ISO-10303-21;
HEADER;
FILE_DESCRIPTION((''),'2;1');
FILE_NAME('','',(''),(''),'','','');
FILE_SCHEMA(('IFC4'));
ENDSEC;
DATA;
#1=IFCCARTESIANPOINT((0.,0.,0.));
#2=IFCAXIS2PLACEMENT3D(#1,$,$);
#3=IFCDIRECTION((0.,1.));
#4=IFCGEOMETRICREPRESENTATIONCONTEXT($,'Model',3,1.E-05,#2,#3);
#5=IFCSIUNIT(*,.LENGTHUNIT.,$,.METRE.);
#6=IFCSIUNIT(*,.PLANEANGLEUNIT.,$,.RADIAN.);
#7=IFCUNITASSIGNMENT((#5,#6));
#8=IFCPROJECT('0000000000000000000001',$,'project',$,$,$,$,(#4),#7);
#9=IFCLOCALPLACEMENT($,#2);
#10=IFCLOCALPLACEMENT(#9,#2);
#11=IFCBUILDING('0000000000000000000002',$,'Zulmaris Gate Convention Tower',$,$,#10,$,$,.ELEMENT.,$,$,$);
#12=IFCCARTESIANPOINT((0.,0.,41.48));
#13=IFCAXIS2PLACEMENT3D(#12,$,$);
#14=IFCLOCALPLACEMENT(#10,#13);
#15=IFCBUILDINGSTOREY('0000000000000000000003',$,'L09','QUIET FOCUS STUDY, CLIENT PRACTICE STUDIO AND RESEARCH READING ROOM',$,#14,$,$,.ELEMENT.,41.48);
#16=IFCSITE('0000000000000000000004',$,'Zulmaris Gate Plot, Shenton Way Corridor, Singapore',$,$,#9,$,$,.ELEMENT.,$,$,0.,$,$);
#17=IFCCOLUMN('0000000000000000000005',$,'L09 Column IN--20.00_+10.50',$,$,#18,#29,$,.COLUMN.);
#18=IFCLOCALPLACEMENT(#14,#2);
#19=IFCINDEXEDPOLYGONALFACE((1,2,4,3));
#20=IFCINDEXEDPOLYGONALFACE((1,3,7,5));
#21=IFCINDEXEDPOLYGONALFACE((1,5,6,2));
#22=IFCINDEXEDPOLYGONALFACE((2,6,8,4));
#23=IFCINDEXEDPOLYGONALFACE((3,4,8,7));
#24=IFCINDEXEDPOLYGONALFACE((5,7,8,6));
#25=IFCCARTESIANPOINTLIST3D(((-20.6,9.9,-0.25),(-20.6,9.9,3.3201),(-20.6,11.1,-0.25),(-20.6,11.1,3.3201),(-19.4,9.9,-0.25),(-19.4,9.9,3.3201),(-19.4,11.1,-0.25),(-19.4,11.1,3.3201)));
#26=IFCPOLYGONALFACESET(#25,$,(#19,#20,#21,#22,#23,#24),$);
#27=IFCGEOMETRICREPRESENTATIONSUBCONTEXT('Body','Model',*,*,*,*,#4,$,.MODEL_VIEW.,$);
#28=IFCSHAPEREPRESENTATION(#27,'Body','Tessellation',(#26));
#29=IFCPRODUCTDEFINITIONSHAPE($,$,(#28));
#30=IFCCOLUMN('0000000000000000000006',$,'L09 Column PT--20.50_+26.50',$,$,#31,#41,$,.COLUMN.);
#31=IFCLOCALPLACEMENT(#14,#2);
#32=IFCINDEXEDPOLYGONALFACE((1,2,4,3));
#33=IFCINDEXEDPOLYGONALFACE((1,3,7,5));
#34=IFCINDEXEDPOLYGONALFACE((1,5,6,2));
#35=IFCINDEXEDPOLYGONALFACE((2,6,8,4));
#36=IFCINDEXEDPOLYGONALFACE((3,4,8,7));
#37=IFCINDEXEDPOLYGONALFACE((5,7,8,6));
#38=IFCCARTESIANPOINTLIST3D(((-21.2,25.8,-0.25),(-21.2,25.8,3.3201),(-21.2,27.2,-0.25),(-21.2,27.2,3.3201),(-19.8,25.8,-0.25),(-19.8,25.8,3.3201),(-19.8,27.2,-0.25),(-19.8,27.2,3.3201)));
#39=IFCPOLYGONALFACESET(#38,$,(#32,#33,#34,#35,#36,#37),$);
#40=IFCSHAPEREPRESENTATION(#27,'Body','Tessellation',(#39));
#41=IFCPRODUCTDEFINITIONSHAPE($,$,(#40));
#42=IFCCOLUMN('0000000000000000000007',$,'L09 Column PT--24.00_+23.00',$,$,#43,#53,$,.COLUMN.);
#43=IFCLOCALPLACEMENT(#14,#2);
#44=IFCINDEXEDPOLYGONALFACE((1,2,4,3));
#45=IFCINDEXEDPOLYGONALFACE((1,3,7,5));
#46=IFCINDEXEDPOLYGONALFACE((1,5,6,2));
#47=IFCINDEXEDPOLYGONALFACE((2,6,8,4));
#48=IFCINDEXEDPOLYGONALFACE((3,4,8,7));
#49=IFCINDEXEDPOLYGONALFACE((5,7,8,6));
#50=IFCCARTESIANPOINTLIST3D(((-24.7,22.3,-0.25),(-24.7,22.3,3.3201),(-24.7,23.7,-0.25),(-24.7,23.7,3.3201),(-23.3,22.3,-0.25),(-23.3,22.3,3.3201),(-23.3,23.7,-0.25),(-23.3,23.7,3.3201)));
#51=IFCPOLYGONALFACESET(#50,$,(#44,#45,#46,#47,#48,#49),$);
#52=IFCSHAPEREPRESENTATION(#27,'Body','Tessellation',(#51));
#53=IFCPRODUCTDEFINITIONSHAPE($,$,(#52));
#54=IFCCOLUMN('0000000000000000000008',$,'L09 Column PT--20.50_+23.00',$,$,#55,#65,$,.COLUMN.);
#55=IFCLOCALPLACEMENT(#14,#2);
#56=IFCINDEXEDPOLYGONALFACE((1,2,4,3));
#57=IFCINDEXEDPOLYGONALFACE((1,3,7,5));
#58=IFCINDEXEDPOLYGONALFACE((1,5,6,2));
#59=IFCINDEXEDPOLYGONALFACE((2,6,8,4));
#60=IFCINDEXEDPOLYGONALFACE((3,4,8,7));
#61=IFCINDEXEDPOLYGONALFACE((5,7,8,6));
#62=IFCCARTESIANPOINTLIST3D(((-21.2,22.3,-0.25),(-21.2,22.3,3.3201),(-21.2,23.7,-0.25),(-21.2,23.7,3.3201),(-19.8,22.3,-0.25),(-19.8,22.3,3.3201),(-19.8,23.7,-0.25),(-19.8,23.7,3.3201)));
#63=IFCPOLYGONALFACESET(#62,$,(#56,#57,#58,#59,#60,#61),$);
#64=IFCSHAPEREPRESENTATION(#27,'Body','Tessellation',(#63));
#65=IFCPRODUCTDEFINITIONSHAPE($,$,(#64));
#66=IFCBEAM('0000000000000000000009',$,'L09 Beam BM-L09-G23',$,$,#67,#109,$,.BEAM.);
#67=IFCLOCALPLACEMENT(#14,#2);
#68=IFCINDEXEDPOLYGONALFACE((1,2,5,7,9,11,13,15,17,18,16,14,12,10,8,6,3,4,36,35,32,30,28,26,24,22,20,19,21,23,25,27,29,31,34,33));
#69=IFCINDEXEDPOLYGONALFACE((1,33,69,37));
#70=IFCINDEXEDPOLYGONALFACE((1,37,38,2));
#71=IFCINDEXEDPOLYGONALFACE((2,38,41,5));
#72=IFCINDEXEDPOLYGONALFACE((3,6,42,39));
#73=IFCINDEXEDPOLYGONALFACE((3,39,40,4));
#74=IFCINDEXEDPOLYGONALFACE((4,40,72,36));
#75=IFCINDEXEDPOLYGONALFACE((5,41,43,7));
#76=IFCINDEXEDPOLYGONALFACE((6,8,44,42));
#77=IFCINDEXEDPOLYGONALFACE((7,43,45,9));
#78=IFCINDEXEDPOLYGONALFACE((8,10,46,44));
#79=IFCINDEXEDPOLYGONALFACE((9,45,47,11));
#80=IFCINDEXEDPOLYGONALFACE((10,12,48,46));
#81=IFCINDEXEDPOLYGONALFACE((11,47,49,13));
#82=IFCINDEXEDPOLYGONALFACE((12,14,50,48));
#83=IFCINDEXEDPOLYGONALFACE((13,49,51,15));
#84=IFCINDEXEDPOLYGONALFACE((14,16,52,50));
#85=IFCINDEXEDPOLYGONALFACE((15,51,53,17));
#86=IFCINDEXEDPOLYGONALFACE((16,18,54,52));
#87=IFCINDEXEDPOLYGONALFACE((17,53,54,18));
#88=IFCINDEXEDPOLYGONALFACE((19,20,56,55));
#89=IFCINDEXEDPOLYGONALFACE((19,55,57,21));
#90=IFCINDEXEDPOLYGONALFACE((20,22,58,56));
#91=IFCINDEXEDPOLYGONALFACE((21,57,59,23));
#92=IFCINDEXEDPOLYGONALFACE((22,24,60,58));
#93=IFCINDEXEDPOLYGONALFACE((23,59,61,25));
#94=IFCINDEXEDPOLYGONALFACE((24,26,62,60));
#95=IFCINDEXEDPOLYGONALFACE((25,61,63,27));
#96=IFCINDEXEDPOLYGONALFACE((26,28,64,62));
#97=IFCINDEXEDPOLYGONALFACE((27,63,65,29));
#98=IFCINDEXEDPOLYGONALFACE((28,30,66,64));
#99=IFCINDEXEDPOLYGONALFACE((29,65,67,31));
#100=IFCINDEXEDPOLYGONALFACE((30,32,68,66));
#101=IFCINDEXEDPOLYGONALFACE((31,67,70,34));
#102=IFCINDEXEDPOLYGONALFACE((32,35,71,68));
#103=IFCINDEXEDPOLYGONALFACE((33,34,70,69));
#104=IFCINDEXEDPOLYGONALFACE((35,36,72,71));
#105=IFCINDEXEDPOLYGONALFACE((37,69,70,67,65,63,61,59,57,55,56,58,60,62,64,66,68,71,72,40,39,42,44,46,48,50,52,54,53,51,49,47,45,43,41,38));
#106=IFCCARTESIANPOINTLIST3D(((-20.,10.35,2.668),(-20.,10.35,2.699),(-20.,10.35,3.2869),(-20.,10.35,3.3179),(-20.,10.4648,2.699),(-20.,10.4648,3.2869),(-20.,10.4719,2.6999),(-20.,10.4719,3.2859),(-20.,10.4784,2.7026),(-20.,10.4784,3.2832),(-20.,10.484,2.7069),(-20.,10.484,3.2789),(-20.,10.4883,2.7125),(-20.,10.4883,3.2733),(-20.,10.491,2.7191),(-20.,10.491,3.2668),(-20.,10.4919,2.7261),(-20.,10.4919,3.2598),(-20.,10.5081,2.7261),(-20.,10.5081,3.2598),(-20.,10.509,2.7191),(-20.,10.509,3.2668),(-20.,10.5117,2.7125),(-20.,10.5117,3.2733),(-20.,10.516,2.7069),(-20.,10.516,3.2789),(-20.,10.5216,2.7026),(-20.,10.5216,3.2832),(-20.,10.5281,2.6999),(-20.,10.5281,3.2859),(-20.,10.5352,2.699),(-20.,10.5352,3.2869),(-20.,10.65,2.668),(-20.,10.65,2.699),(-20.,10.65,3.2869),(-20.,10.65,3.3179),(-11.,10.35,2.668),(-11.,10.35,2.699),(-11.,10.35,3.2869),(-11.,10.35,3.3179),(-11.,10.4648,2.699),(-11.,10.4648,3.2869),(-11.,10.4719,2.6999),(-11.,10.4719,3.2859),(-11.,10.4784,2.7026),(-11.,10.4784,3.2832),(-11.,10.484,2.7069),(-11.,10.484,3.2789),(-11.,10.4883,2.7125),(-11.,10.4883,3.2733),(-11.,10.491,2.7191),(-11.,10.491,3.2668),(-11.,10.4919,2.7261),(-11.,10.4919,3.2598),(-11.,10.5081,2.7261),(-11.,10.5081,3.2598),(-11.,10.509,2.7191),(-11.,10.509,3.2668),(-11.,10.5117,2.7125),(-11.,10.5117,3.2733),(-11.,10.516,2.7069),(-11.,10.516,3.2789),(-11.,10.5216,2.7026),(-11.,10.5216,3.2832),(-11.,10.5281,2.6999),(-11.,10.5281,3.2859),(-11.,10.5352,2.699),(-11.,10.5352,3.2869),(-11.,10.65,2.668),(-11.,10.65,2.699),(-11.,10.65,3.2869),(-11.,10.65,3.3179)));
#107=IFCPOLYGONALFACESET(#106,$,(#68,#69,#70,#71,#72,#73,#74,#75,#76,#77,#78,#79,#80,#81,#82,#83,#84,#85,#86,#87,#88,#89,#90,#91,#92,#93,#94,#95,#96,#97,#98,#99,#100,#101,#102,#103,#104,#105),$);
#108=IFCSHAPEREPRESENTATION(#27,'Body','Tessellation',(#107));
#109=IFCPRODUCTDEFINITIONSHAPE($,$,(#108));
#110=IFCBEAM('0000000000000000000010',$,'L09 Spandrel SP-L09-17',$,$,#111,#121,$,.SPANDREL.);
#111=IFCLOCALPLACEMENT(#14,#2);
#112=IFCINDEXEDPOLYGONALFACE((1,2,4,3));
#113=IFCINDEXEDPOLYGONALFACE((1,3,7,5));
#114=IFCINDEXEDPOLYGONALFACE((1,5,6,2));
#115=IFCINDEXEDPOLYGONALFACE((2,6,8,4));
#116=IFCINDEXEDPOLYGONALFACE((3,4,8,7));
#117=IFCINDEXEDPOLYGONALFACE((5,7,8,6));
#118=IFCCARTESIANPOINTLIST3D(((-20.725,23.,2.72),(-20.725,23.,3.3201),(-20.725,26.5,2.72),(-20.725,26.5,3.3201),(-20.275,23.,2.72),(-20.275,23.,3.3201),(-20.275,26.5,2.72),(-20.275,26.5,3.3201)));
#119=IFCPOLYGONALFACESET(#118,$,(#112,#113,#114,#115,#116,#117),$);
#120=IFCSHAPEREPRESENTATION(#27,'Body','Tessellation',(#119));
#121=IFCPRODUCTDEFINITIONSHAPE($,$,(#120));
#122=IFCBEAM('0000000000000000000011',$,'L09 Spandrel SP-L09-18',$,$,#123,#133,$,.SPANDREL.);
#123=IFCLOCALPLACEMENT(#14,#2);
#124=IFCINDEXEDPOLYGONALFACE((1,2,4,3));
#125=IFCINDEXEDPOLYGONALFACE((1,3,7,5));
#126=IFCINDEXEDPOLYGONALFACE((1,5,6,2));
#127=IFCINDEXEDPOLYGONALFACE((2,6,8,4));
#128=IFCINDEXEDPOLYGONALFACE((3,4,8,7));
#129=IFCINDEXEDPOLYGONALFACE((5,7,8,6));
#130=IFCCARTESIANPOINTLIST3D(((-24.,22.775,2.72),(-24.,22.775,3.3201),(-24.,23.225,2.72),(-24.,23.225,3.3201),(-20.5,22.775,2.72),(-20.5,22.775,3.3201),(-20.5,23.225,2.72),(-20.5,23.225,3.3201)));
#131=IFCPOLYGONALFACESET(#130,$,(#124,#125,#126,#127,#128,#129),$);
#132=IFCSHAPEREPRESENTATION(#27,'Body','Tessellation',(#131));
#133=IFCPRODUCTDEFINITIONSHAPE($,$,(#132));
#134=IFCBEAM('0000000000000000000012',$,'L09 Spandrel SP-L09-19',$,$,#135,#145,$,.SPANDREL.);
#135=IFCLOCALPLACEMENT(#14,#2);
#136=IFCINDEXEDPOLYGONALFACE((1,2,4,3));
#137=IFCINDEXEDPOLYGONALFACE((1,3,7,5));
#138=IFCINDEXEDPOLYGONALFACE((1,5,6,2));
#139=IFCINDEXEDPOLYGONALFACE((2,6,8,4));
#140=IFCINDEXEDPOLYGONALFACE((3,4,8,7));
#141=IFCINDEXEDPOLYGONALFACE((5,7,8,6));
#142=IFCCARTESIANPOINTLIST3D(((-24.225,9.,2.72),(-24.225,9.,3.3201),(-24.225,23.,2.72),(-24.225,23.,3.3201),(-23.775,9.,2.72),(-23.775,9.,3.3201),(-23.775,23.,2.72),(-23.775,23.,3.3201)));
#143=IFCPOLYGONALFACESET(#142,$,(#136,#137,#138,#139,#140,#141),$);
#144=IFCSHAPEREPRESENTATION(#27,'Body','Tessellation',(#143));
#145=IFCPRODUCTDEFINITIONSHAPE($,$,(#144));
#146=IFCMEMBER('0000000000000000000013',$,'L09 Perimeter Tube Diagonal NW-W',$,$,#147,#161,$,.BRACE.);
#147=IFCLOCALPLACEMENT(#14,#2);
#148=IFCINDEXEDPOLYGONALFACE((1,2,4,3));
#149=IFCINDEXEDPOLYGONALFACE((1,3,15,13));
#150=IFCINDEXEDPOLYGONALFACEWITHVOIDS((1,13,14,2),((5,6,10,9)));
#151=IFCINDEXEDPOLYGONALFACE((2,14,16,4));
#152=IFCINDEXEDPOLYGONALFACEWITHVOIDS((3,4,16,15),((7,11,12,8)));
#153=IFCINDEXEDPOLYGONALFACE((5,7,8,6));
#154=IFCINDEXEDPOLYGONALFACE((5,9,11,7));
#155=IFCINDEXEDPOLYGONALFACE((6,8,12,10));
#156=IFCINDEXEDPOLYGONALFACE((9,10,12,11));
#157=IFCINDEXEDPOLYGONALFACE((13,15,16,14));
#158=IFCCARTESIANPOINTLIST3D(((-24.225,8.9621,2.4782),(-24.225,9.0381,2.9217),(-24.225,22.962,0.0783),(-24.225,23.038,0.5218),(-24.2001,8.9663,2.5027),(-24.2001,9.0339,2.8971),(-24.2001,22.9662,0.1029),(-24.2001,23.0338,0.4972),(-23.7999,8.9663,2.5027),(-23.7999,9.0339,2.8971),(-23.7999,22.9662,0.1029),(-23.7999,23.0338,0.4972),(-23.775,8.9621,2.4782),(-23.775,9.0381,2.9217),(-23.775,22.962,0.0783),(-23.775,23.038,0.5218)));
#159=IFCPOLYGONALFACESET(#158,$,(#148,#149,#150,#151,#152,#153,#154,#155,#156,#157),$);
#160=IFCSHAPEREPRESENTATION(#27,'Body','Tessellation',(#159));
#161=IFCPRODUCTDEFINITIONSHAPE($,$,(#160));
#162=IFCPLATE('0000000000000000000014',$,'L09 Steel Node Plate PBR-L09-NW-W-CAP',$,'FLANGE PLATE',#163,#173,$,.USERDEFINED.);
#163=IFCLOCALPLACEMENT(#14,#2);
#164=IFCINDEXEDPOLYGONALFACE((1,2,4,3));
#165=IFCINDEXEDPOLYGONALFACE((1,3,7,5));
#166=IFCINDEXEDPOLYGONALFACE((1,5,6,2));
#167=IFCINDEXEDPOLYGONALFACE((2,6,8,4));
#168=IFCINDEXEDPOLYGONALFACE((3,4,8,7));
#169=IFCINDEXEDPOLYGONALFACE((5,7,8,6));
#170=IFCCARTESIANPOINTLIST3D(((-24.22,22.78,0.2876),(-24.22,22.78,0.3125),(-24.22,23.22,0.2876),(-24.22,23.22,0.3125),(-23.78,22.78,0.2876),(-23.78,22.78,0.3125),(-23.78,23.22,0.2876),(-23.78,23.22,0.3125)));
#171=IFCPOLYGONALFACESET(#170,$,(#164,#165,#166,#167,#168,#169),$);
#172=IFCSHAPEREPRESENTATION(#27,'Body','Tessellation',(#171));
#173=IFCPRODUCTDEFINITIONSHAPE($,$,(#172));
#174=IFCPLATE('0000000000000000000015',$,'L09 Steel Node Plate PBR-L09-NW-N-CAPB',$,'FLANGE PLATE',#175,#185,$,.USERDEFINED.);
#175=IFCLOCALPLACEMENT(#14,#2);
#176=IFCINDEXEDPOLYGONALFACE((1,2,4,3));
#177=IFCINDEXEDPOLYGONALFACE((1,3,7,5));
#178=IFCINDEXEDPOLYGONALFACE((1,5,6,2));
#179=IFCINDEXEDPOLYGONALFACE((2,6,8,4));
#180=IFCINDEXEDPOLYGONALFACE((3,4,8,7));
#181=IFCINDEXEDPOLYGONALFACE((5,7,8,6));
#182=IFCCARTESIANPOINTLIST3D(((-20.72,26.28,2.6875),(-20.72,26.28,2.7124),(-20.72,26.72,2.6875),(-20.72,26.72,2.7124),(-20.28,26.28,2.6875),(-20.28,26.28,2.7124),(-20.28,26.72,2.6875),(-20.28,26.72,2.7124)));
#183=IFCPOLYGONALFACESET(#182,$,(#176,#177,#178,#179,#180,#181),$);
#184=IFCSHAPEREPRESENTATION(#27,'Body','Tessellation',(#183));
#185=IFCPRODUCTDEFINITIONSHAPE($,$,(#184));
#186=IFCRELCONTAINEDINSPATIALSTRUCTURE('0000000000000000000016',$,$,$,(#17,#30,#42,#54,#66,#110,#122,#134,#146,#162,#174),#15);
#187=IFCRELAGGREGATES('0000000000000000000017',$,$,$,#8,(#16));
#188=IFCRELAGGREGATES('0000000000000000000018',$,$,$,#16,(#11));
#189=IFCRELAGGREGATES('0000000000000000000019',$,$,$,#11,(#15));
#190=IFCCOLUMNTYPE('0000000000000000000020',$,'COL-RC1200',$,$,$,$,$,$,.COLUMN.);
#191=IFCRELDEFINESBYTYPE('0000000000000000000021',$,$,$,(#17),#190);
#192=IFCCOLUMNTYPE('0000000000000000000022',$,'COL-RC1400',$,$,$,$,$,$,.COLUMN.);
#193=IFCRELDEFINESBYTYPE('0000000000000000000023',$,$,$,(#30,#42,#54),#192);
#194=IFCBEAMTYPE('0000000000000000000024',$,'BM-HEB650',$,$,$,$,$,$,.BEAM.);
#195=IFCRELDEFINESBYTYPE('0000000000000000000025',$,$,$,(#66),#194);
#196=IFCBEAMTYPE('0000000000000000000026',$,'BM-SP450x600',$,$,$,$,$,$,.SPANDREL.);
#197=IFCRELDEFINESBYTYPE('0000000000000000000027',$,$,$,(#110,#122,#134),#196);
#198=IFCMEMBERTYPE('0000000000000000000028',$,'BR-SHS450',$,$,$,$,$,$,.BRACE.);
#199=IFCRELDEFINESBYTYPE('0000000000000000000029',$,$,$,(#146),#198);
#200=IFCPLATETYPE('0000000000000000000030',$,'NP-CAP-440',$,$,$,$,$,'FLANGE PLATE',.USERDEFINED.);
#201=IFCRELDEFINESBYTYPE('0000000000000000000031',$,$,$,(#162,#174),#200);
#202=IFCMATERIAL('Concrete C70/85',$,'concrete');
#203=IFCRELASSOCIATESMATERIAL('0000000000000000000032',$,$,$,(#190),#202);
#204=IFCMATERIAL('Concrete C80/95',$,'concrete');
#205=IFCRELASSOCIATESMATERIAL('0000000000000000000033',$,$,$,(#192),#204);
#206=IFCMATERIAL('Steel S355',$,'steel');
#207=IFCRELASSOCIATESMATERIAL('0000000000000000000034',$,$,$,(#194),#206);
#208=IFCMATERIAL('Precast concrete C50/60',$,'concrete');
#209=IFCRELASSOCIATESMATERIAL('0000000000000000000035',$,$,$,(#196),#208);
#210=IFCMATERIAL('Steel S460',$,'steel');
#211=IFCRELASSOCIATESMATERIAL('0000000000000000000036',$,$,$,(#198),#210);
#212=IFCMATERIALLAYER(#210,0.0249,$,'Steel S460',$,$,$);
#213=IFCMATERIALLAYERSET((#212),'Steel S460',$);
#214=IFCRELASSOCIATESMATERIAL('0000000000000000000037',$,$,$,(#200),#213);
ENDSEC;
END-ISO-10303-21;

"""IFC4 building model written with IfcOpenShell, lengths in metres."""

from ifc_helpers import new_model, si_unit, direction, frame, origin, origin_2d, place, context, subcontext, project, spatial, rectangle, hollow_rectangle, i_section, extrude, material, layer, layer_set, material_profile, profile_set, type_object, element, save


model = new_model("IFC4")

# Units and contexts
model_context = context("Model", 3, precision=1e-05, world=origin(), true_north=direction((0.0, 1.0)))
body_context = subcontext(model_context, "Body", "Model", "MODEL_VIEW")
ifc_project = project(units=[si_unit("LENGTHUNIT", "METRE"), si_unit("PLANEANGLEUNIT", "RADIAN")], contexts=[model_context])

# Site, building, storey
site_placement = place(None, origin())
site = spatial("IfcSite", under=ifc_project, at=site_placement, Name="Zulmaris Gate Plot, Shenton Way Corridor, Singapore", CompositionType="ELEMENT", RefElevation=0.0)
building_placement = place(site_placement, origin())
building = spatial("IfcBuilding", under=site, at=building_placement, Name="Zulmaris Gate Convention Tower", CompositionType="ELEMENT")
storey_placement = place(building_placement, frame((0.0, 0.0, 41.48)))
storey = spatial("IfcBuildingStorey", under=building, at=storey_placement, Name="L09", Description="QUIET FOCUS STUDY, CLIENT PRACTICE STUDIO AND RESEARCH READING ROOM", CompositionType="ELEMENT", Elevation=41.48)

# Columns
ifc_material_1 = material(Name="Concrete C70/85", Category="concrete")
ifc_material_profile_1 = material_profile(ifc_material_1, rectangle(XDim=1.2, YDim=1.2, at=origin_2d()), Name="RC COL 1200x1200")
ifc_profile_set_1 = profile_set([ifc_material_profile_1], Name="Concrete C70/85")
column_type_1 = type_object("IfcColumnType", Name="COL-RC1200", PredefinedType="COLUMN", material=ifc_profile_set_1)
column_placement = place(storey_placement, frame((-20.0, 10.5, -0.25), z_axis=(0.0, 0.0, 1.0), x_axis=(1.0, 0.0, 0.0)))
element("IfcColumn", 1, at=column_placement, inside=storey, type_object=column_type_1, Name="L09 Column IN--20.00_+10.50", PredefinedType="COLUMN", context=body_context, shape_type="SweptSolid", body=[
    extrude(rectangle(XDim=1.2, YDim=1.2, at=origin_2d()), origin(), (0.0, 0.0, 1.0), 3.5701),
])
ifc_material_2 = material(Name="Concrete C80/95", Category="concrete")
ifc_material_profile_2 = material_profile(ifc_material_2, rectangle(XDim=1.3999, YDim=1.3999, at=origin_2d()), Name="RC COL 1400x1400")
ifc_profile_set_2 = profile_set([ifc_material_profile_2], Name="Concrete C80/95")
column_type_2 = type_object("IfcColumnType", Name="COL-RC1400", PredefinedType="COLUMN", material=ifc_profile_set_2)
for number, where, z_axis, x_axis, name in (
    (2, (-20.5, 26.5, -0.25), (0.0, 0.0, 1.0), (1.0, 0.0, 0.0), "L09 Column PT--20.50_+26.50"),
    (3, (-24.0, 23.0, -0.25), (0.0, 0.0, 1.0), (1.0, 0.0, 0.0), "L09 Column PT--24.00_+23.00"),
    (4, (-20.5, 23.0, -0.25), (0.0, 0.0, 1.0), (1.0, 0.0, 0.0), "L09 Column PT--20.50_+23.00"),
):
    element("IfcColumn", number, at=place(storey_placement, frame(where, z_axis=z_axis, x_axis=x_axis)), inside=storey, type_object=column_type_2, Name=name, PredefinedType="COLUMN", context=body_context, shape_type="SweptSolid", body=[
        extrude(rectangle(XDim=1.3999, YDim=1.3999, at=origin_2d()), origin(), (0.0, 0.0, 1.0), 3.5701),
    ])

# Beams
ifc_material_3 = material(Name="Steel S355", Category="steel")
ifc_material_profile_3 = material_profile(ifc_material_3, i_section(OverallWidth=0.3, OverallDepth=0.6499, WebThickness=0.0161, FlangeThickness=0.031, FilletRadius=0.0271, at=origin_2d()), Name="HEB 650")
ifc_profile_set_3 = profile_set([ifc_material_profile_3], Name="Steel S355")
beam_type_1 = type_object("IfcBeamType", Name="BM-HEB650", PredefinedType="BEAM", material=ifc_profile_set_3)
beam_1_placement = place(storey_placement, frame((-20.0, 10.5, 2.9929), z_axis=(1.0, 0.0, 0.0), x_axis=(0.0, 1.0, 0.0)))
element("IfcBeam", 5, at=beam_1_placement, inside=storey, type_object=beam_type_1, Name="L09 Beam BM-L09-G23", PredefinedType="BEAM", context=body_context, shape_type="SweptSolid", body=[
    extrude(i_section(OverallWidth=0.3, OverallDepth=0.6499, WebThickness=0.0161, FlangeThickness=0.031, FilletRadius=0.0271, at=origin_2d()), origin(), (0.0, 0.0, 1.0), 9.0),
])
ifc_material_4 = material(Name="Precast concrete C50/60", Category="concrete")
ifc_material_profile_4 = material_profile(ifc_material_4, rectangle(XDim=0.45, YDim=0.6001, at=origin_2d()), Name="RC SPANDREL 450x600")
ifc_profile_set_4 = profile_set([ifc_material_profile_4], Name="Precast concrete C50/60")
beam_type_2 = type_object("IfcBeamType", Name="BM-SP450x600", PredefinedType="SPANDREL", material=ifc_profile_set_4)
for number, where, z_axis, x_axis, name in (
    (6, (-20.5, 26.5, 3.02), (0.0, -1.0, 0.0), (1.0, 0.0, 0.0), "L09 Spandrel SP-L09-17"),
    (7, (-20.5, 23.0, 3.02), (-1.0, 0.0, 0.0), (0.0, -1.0, 0.0), "L09 Spandrel SP-L09-18"),
):
    element("IfcBeam", number, at=place(storey_placement, frame(where, z_axis=z_axis, x_axis=x_axis)), inside=storey, type_object=beam_type_2, Name=name, PredefinedType="SPANDREL", context=body_context, shape_type="SweptSolid", body=[
        extrude(rectangle(XDim=0.45, YDim=0.6001, at=origin_2d()), origin(), (0.0, 0.0, 1.0), 3.5),
    ])
beam_2_placement = place(storey_placement, frame((-24.0, 23.0, 3.02), z_axis=(0.0, -1.0, 0.0), x_axis=(1.0, 0.0, 0.0)))
element("IfcBeam", 8, at=beam_2_placement, inside=storey, type_object=beam_type_2, Name="L09 Spandrel SP-L09-19", PredefinedType="SPANDREL", context=body_context, shape_type="SweptSolid", body=[
    extrude(rectangle(XDim=0.45, YDim=0.6001, at=origin_2d()), origin(), (0.0, 0.0, 1.0), 14.0),
])

# Member
ifc_material_5 = material(Name="Steel S460", Category="steel")
ifc_material_profile_5 = material_profile(ifc_material_5, hollow_rectangle(XDim=0.45, YDim=0.45, WallThickness=0.0249, at=origin_2d()), Name="SHS 450x450x25")
ifc_profile_set_5 = profile_set([ifc_material_profile_5], Name="Steel S460")
member_type = type_object("IfcMemberType", Name="BR-SHS450", PredefinedType="BRACE", material=ifc_profile_set_5)
member_placement = place(storey_placement, frame((-24.0, 23.0, 0.3), z_axis=(0.0, -0.985623, 0.168957), x_axis=(1.0, 0.0, 0.0)))
element("IfcMember", 9, at=member_placement, inside=storey, type_object=member_type, Name="L09 Perimeter Tube Diagonal NW-W", PredefinedType="BRACE", context=body_context, shape_type="SweptSolid", body=[
    extrude(hollow_rectangle(XDim=0.45, YDim=0.45, WallThickness=0.0249, at=origin_2d()), origin(), (0.0, 0.0, 1.0), 14.2041),
])

# Plates
ifc_layer_1 = layer(ifc_material_5, 0.0249, Name="Steel S460")
ifc_layer_set_1 = layer_set([ifc_layer_1], Name="Steel S460")
plate_type = type_object("IfcPlateType", Name="NP-CAP-440", ElementType="FLANGE PLATE", PredefinedType="USERDEFINED", material=ifc_layer_set_1)
for number, where, z_axis, x_axis, name in (
    (10, (-24.0, 23.0, 0.2876), (0.0, 0.0, 1.0), (1.0, 0.0, 0.0), "L09 Steel Node Plate PBR-L09-NW-W-CAP"),
    (11, (-20.5, 26.5, 2.6875), (0.0, 0.0, 1.0), (1.0, 0.0, 0.0), "L09 Steel Node Plate PBR-L09-NW-N-CAPB"),
):
    element("IfcPlate", number, at=place(storey_placement, frame(where, z_axis=z_axis, x_axis=x_axis)), inside=storey, type_object=plate_type, Name=name, ObjectType="FLANGE PLATE", PredefinedType="USERDEFINED", context=body_context, shape_type="SweptSolid", body=[
        extrude(rectangle(XDim=0.4399, YDim=0.4399, at=origin_2d()), origin(), (0.0, 0.0, 1.0), 0.0249),
    ])

save(model, "model.ifc")
